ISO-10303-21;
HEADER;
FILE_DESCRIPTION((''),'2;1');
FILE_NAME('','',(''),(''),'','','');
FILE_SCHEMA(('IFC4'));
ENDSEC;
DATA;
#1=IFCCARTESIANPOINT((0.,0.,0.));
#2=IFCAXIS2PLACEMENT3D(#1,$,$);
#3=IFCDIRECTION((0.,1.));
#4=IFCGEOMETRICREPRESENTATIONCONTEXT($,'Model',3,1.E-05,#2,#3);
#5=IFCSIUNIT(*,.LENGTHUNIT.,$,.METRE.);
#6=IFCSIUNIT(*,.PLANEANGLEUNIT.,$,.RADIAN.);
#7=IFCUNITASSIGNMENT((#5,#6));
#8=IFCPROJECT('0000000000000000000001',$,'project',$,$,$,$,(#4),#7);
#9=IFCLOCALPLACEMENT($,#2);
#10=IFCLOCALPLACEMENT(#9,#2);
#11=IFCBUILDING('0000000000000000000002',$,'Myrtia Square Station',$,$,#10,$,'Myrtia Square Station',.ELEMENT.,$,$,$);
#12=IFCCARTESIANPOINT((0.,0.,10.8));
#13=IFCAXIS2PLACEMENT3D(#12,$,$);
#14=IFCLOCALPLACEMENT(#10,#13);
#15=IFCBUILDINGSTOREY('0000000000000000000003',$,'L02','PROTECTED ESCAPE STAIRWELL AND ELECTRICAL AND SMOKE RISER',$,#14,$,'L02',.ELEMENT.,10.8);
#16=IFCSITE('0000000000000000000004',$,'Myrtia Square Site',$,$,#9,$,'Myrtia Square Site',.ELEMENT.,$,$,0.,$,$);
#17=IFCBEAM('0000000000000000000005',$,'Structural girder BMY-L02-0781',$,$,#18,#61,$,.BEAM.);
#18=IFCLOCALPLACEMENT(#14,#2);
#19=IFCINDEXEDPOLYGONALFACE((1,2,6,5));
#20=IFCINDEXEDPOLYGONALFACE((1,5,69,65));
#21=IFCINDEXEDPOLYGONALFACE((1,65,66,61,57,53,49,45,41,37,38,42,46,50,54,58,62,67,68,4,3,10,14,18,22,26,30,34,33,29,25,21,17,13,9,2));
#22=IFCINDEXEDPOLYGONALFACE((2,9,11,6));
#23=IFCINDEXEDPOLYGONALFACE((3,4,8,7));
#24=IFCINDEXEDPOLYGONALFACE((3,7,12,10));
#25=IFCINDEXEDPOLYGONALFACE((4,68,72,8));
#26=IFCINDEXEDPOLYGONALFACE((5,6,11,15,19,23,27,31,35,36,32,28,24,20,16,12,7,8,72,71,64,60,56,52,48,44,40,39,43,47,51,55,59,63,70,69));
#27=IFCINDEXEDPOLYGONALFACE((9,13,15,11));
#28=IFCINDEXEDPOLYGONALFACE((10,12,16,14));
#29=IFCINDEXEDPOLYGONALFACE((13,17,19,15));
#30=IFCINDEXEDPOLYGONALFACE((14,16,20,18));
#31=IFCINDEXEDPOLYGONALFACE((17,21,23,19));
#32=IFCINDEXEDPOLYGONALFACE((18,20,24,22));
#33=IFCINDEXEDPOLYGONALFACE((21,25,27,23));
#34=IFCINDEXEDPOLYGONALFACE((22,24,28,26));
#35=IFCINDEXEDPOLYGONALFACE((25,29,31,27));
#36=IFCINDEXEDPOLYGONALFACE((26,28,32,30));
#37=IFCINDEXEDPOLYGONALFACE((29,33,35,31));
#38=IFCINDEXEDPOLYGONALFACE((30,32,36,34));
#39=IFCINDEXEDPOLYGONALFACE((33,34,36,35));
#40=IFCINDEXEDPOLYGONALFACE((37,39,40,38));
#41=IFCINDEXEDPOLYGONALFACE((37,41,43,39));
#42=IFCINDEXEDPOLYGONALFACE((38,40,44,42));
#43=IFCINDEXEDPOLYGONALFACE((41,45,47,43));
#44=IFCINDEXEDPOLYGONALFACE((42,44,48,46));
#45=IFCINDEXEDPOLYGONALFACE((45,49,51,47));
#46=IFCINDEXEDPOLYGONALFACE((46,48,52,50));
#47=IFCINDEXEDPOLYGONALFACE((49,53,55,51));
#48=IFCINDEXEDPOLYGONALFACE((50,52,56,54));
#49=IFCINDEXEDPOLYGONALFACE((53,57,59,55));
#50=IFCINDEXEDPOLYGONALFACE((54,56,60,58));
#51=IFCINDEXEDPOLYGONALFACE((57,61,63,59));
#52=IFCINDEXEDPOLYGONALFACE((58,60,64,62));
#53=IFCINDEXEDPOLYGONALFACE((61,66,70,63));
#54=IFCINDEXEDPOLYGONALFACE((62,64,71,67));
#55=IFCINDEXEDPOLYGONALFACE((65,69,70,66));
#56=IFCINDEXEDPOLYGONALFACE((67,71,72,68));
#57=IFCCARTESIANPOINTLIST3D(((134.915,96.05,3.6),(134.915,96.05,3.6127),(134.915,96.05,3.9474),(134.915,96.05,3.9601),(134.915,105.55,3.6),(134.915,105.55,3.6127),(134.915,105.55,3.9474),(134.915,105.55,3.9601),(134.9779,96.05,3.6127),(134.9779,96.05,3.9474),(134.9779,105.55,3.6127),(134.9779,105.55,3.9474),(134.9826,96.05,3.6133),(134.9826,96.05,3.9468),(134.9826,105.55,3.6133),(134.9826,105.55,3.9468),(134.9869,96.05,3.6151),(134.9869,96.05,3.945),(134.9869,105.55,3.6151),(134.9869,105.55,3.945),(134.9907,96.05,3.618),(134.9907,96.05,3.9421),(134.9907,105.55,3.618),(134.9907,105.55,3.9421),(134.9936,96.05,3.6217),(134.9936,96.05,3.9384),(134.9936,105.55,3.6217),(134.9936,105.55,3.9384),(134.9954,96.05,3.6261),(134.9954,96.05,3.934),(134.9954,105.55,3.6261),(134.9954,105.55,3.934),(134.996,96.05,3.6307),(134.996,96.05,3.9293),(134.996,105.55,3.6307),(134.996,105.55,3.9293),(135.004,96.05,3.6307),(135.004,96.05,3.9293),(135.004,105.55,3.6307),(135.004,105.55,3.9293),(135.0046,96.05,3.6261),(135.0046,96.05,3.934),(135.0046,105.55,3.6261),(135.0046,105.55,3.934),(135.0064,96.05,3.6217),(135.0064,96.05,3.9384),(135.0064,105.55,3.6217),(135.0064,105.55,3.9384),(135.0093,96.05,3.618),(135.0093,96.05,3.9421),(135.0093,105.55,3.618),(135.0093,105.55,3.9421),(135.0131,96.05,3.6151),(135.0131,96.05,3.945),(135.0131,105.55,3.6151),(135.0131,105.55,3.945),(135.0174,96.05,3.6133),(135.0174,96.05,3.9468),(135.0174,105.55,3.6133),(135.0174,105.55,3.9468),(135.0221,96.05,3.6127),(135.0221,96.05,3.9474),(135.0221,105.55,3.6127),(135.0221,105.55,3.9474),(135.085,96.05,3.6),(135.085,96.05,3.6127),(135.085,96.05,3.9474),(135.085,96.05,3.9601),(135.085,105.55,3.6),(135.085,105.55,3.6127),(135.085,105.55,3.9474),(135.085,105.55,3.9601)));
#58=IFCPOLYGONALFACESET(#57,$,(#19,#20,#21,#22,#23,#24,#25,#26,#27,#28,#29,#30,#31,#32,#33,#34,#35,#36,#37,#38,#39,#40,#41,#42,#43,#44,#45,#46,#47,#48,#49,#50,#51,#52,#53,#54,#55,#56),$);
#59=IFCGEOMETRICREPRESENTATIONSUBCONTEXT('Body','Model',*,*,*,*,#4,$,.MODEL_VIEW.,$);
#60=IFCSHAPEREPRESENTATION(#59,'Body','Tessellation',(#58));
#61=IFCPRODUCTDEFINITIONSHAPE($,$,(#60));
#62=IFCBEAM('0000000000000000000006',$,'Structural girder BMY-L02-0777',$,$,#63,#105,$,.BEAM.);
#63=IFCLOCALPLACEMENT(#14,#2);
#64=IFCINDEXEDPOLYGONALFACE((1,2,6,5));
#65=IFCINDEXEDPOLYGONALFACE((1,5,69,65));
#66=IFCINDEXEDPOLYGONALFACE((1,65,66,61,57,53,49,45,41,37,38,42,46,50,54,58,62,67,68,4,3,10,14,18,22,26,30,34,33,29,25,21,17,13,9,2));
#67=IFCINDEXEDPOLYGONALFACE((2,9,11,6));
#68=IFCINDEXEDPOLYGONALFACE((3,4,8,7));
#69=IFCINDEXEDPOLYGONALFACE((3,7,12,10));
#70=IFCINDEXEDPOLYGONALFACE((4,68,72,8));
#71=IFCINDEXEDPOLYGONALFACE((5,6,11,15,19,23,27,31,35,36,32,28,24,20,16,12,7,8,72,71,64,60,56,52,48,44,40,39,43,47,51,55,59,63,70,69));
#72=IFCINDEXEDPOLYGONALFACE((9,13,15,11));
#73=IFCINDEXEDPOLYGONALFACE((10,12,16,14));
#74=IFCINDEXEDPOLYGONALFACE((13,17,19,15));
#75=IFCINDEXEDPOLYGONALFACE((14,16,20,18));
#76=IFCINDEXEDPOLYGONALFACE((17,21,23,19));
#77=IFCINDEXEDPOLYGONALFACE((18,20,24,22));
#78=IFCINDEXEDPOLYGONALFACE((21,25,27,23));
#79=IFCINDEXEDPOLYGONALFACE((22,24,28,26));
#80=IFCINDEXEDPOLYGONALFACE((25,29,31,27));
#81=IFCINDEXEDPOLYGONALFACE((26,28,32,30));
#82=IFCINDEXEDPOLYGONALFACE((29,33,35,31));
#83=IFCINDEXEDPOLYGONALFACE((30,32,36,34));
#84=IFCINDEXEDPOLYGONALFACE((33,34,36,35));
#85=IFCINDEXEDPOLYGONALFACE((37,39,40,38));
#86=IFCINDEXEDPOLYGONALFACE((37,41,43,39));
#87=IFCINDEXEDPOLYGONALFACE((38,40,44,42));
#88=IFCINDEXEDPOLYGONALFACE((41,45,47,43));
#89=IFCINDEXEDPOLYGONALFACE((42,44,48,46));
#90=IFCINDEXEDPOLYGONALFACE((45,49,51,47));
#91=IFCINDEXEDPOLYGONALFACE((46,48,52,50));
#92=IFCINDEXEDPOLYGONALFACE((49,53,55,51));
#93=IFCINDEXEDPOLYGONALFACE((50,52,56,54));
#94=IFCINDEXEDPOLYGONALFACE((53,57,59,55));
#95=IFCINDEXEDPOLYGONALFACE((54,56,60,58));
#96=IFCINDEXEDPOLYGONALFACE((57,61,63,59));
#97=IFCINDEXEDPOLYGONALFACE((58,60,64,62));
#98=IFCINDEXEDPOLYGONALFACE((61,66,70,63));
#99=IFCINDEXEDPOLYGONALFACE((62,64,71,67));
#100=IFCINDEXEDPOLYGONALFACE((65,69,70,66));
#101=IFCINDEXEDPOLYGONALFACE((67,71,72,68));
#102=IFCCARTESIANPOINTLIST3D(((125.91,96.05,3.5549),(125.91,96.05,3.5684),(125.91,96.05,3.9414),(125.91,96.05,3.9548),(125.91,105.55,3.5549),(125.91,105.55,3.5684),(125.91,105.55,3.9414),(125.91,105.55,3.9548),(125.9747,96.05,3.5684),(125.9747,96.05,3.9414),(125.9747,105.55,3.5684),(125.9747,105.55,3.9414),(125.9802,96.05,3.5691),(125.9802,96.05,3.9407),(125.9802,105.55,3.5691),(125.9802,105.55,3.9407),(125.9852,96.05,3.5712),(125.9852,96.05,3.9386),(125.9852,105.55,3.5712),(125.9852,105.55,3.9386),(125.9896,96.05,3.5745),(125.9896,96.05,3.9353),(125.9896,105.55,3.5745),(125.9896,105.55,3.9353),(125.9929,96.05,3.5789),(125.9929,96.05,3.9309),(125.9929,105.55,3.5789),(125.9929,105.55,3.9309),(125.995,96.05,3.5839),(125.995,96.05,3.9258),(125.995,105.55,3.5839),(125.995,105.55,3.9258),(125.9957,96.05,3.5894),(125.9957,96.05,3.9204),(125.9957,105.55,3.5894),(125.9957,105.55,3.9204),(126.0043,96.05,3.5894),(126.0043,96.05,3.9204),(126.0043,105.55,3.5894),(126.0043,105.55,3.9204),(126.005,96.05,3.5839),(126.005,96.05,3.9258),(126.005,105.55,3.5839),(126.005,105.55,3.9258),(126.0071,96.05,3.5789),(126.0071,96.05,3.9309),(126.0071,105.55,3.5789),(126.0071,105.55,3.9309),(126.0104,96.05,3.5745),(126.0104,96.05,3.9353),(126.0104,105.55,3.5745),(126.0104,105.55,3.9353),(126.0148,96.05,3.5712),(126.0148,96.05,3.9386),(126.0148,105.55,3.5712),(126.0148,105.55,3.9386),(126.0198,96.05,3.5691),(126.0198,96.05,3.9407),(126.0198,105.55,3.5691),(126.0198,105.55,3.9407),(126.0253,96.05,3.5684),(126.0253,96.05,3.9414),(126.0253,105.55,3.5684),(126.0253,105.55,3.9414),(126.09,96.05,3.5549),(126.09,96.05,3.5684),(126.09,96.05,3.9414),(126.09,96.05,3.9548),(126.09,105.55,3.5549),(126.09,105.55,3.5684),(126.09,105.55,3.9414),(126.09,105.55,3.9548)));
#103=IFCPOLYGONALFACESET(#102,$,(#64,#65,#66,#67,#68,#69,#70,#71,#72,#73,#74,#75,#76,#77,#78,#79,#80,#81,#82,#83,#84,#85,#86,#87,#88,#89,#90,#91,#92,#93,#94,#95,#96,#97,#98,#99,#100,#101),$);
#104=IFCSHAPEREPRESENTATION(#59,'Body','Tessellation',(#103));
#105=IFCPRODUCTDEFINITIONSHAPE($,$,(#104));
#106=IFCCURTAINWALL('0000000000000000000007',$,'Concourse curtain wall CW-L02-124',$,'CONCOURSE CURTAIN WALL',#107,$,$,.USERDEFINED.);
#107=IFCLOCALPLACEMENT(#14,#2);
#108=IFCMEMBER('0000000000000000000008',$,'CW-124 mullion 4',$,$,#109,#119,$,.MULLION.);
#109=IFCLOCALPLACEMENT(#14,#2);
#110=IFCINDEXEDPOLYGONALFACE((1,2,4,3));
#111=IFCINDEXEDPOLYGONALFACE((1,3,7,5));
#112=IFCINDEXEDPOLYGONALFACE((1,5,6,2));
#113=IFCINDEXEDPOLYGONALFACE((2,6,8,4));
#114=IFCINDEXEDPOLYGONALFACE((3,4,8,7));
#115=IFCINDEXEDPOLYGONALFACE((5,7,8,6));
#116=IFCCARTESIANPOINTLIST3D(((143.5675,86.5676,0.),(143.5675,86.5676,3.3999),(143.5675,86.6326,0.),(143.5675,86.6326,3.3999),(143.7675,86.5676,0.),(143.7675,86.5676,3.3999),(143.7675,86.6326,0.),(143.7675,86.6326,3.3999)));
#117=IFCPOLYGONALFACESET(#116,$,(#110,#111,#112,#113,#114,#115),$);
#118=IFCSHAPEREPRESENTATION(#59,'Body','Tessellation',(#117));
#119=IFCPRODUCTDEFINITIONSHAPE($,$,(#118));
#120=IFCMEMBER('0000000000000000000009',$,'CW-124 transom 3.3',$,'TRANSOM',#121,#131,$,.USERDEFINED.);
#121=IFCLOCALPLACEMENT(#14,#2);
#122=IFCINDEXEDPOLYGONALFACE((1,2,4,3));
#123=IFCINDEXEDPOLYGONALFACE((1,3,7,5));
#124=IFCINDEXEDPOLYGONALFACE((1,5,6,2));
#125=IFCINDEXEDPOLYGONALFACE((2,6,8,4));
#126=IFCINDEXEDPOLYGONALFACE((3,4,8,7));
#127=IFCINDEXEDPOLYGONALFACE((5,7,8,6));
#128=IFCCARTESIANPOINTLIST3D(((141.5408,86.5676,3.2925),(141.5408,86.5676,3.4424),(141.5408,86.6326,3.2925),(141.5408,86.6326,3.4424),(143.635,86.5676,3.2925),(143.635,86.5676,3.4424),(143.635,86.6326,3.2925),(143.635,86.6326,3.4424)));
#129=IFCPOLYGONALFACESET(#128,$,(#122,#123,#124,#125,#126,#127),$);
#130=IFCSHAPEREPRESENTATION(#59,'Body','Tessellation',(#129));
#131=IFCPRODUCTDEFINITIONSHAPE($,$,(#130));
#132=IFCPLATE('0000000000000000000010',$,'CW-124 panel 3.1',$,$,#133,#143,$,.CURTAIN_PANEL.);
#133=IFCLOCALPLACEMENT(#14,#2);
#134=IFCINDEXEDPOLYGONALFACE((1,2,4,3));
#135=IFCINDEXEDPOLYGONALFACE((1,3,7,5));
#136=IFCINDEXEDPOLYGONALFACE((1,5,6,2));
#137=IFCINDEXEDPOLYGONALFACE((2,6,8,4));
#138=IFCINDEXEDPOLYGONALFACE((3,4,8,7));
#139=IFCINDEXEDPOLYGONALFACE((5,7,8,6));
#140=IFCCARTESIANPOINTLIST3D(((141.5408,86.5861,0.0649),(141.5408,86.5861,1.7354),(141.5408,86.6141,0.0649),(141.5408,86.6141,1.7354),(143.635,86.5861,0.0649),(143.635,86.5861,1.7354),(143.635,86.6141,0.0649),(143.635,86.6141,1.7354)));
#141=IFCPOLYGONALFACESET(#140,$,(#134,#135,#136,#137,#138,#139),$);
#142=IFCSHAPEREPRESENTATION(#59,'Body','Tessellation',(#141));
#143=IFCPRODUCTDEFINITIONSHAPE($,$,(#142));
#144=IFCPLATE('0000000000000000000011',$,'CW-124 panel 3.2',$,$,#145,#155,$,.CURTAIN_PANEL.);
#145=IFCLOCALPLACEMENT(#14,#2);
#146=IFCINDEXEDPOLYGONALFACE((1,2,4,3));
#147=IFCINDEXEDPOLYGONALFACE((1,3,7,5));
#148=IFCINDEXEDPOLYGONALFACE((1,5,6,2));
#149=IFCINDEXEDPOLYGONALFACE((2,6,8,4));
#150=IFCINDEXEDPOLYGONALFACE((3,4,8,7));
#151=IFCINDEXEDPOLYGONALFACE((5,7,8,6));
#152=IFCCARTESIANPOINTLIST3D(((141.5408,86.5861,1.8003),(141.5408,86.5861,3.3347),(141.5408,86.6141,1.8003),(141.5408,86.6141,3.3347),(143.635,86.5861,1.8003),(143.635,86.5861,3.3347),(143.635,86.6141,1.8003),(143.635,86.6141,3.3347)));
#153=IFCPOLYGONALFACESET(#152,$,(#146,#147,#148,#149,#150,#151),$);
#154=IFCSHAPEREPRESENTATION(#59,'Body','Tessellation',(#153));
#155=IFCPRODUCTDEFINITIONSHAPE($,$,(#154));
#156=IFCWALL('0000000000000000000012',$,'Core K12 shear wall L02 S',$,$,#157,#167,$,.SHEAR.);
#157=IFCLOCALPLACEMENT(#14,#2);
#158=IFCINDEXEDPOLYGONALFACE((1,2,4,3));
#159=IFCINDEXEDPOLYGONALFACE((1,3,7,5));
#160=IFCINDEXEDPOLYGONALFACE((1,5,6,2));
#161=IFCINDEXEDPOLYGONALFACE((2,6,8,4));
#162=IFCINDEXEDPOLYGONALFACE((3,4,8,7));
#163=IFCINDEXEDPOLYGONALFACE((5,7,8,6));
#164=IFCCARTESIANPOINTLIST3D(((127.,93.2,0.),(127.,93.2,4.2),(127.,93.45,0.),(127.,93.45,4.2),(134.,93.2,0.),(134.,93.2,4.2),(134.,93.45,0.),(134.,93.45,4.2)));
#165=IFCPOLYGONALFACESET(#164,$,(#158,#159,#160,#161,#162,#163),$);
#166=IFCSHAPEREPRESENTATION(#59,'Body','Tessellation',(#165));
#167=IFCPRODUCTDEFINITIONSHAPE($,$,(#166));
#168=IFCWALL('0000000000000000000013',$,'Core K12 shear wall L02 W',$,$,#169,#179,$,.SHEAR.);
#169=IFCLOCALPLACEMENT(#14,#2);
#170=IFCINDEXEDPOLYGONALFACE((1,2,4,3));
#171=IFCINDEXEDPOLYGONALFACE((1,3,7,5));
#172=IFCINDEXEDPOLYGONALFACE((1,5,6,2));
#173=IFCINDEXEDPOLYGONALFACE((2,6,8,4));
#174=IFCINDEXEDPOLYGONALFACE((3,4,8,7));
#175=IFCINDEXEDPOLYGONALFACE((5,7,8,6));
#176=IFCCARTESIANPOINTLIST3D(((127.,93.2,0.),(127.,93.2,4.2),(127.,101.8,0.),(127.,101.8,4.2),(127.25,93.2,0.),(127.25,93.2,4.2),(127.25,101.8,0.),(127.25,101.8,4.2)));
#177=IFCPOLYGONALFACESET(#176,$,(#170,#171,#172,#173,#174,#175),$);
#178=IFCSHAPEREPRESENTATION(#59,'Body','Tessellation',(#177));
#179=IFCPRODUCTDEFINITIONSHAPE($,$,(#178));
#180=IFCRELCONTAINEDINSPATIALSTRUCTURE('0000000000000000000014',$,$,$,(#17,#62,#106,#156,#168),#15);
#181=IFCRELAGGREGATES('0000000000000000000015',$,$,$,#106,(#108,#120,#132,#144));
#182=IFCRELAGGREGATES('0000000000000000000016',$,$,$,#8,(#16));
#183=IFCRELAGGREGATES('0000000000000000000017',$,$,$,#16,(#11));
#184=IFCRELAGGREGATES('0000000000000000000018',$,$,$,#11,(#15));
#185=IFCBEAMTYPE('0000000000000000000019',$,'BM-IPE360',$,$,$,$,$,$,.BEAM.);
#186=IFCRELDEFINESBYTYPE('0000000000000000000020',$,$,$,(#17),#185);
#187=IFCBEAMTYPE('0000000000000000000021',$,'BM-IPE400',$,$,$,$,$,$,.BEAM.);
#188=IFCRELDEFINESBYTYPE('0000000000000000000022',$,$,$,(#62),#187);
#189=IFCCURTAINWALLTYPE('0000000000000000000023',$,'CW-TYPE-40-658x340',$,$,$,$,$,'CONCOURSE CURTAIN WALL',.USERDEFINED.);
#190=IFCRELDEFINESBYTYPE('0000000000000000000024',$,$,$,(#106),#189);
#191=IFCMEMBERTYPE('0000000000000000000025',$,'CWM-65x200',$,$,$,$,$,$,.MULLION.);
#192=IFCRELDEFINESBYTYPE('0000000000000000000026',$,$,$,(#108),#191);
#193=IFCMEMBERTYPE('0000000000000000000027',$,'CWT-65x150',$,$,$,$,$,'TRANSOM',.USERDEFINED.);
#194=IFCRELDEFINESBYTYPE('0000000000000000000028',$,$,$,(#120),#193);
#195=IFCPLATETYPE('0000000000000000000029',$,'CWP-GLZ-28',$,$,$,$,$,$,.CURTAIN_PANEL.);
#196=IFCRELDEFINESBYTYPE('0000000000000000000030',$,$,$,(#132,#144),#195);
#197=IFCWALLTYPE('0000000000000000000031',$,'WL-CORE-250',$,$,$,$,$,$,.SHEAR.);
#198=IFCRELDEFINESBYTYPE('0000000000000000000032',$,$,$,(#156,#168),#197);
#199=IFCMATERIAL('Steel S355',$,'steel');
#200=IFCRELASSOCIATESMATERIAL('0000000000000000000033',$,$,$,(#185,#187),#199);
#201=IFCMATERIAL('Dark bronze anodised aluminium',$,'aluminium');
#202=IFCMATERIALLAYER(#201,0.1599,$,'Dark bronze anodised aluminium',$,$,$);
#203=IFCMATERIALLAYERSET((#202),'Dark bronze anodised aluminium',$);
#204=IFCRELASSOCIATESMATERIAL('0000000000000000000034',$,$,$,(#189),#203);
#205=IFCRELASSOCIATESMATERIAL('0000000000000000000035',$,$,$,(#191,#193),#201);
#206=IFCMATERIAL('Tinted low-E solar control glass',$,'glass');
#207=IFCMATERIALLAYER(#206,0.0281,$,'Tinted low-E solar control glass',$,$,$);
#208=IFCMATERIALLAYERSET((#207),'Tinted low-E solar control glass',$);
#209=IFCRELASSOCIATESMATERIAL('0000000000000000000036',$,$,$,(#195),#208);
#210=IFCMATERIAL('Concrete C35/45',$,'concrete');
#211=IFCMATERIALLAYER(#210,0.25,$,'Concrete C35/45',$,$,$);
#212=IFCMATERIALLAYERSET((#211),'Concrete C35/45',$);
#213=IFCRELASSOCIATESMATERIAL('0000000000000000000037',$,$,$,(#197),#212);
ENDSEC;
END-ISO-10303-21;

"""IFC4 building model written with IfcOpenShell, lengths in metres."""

from ifc_helpers import new_model, si_unit, direction, frame, frame_2d, origin, origin_2d, place, context, subcontext, project, spatial, rectangle, i_section, extrude, material, layer, layer_set, material_profile, profile_set, type_object, element, aggregate, save


model = new_model("IFC4")

# Units and contexts
model_context = context("Model", 3, precision=1e-05, world=origin(), true_north=direction((0.0, 1.0)))
body_context = subcontext(model_context, "Body", "Model", "MODEL_VIEW")
ifc_project = project(units=[si_unit("LENGTHUNIT", "METRE"), si_unit("PLANEANGLEUNIT", "RADIAN")], contexts=[model_context])

# Site, building, storey
site_placement = place(None, origin())
site = spatial("IfcSite", under=ifc_project, at=site_placement, Name="Myrtia Square Site", LongName="Myrtia Square Site", CompositionType="ELEMENT", RefElevation=0.0)
building_placement = place(site_placement, origin())
building = spatial("IfcBuilding", under=site, at=building_placement, Name="Myrtia Square Station", LongName="Myrtia Square Station", CompositionType="ELEMENT")
storey_placement = place(building_placement, frame((0.0, 0.0, 10.8)))
storey = spatial("IfcBuildingStorey", under=building, at=storey_placement, Name="L02", Description="PROTECTED ESCAPE STAIRWELL AND ELECTRICAL AND SMOKE RISER", LongName="L02", CompositionType="ELEMENT", Elevation=10.8)

# Shared definitions
ifc_material_1 = material(Name="Steel S355", Category="steel")

# Beams
ifc_material_profile_1 = material_profile(ifc_material_1, i_section(OverallWidth=0.1699, OverallDepth=0.3601, WebThickness=0.0081, FlangeThickness=0.0127, FilletRadius=0.0181, at=origin_2d()), Name="IPE 360")
ifc_profile_set_1 = profile_set([ifc_material_profile_1], Name="Steel S355")
beam_type_1 = type_object("IfcBeamType", Name="BM-IPE360", PredefinedType="BEAM", material=ifc_profile_set_1)
beam_1_placement = place(storey_placement, frame((135.0, 96.05, 3.78), z_axis=(0.0, 1.0, 0.0), x_axis=(-1.0, 0.0, 0.0)))
element("IfcBeam", 1, at=beam_1_placement, inside=storey, type_object=beam_type_1, Name="Structural girder BMY-L02-0781", PredefinedType="BEAM", context=body_context, shape_type="SweptSolid", body=[
    extrude(i_section(OverallWidth=0.1699, OverallDepth=0.3601, WebThickness=0.0081, FlangeThickness=0.0127, FilletRadius=0.0181, at=origin_2d()), origin(), (0.0, 0.0, 1.0), 9.5),
])
ifc_material_profile_2 = material_profile(ifc_material_1, i_section(OverallWidth=0.1799, OverallDepth=0.3999, WebThickness=0.0085, FlangeThickness=0.0134, FilletRadius=0.021, at=origin_2d()), Name="IPE 400")
ifc_profile_set_2 = profile_set([ifc_material_profile_2], Name="Steel S355")
beam_type_2 = type_object("IfcBeamType", Name="BM-IPE400", PredefinedType="BEAM", material=ifc_profile_set_2)
beam_2_placement = place(storey_placement, frame((126.0, 96.05, 3.7549), z_axis=(0.0, 1.0, 0.0), x_axis=(-1.0, 0.0, 0.0)))
element("IfcBeam", 2, at=beam_2_placement, inside=storey, type_object=beam_type_2, Name="Structural girder BMY-L02-0777", PredefinedType="BEAM", context=body_context, shape_type="SweptSolid", body=[
    extrude(i_section(OverallWidth=0.1799, OverallDepth=0.3999, WebThickness=0.0085, FlangeThickness=0.0134, FilletRadius=0.021, at=origin_2d()), origin(), (0.0, 0.0, 1.0), 9.5),
])

# Curtain wall, members, plates
ifc_material_2 = material(Name="Dark bronze anodised aluminium", Category="aluminium")
ifc_layer_1 = layer(ifc_material_2, 0.1599, Name="Dark bronze anodised aluminium")
ifc_layer_set_1 = layer_set([ifc_layer_1], Name="Dark bronze anodised aluminium")
curtain_wall_type = type_object("IfcCurtainWallType", Name="CW-TYPE-40-658x340", ElementType="CONCOURSE CURTAIN WALL", PredefinedType="USERDEFINED", material=ifc_layer_set_1)
curtain_wall_placement = place(storey_placement, origin())
curtain_wall = element("IfcCurtainWall", 3, at=curtain_wall_placement, inside=storey, type_object=curtain_wall_type, Name="Concourse curtain wall CW-L02-124", ObjectType="CONCOURSE CURTAIN WALL", PredefinedType="USERDEFINED")
ifc_material_profile_3 = material_profile(ifc_material_2, rectangle(XDim=0.0649, YDim=0.2, at=origin_2d()), Name="ALU-M 65x200")
ifc_profile_set_3 = profile_set([ifc_material_profile_3], Name="Dark bronze anodised aluminium")
member_type_1 = type_object("IfcMemberType", Name="CWM-65x200", PredefinedType="MULLION", material=ifc_profile_set_3)
member_1_placement = place(storey_placement, frame((143.6675, 86.6001, 0.0), z_axis=(0.0, 0.0, 1.0), x_axis=(0.0, 1.0, 0.0)))
member_1 = element("IfcMember", 4, at=member_1_placement, type_object=member_type_1, Name="CW-124 mullion 4", PredefinedType="MULLION", context=body_context, shape_type="SweptSolid", body=[
    extrude(rectangle(XDim=0.0649, YDim=0.2, at=origin_2d()), origin(), (0.0, 0.0, 1.0), 3.3999),
])
ifc_material_profile_4 = material_profile(ifc_material_2, rectangle(XDim=0.0649, YDim=0.1499, at=origin_2d()), Name="ALU-T 65x150")
ifc_profile_set_4 = profile_set([ifc_material_profile_4], Name="Dark bronze anodised aluminium")
member_type_2 = type_object("IfcMemberType", Name="CWT-65x150", ElementType="TRANSOM", PredefinedType="USERDEFINED", material=ifc_profile_set_4)
member_2_placement = place(storey_placement, frame((141.5408, 86.6001, 3.3674), z_axis=(1.0, 0.0, 0.0), x_axis=(0.0, 1.0, 0.0)))
member_2 = element("IfcMember", 5, at=member_2_placement, type_object=member_type_2, Name="CW-124 transom 3.3", ObjectType="TRANSOM", PredefinedType="USERDEFINED", context=body_context, shape_type="SweptSolid", body=[
    extrude(rectangle(XDim=0.0649, YDim=0.1499, at=origin_2d()), origin(), (0.0, 0.0, 1.0), 2.0942),
])
ifc_material_3 = material(Name="Tinted low-E solar control glass", Category="glass")
ifc_layer_2 = layer(ifc_material_3, 0.0281, Name="Tinted low-E solar control glass")
ifc_layer_set_2 = layer_set([ifc_layer_2], Name="Tinted low-E solar control glass")
plate_type = type_object("IfcPlateType", Name="CWP-GLZ-28", PredefinedType="CURTAIN_PANEL", material=ifc_layer_set_2)
plate_1_placement = place(storey_placement, frame((142.5879, 86.6001, 0.0649), z_axis=(0.0, 0.0, 1.0), x_axis=(1.0, 0.0, 0.0)))
plate_1 = element("IfcPlate", 6, at=plate_1_placement, type_object=plate_type, Name="CW-124 panel 3.1", PredefinedType="CURTAIN_PANEL", context=body_context, shape_type="SweptSolid", body=[
    extrude(rectangle(XDim=2.0942, YDim=0.0281, at=origin_2d()), origin(), (0.0, 0.0, 1.0), 1.6704),
])
plate_2_placement = place(storey_placement, frame((142.5879, 86.6001, 1.8003), z_axis=(0.0, 0.0, 1.0), x_axis=(1.0, 0.0, 0.0)))
plate_2 = element("IfcPlate", 7, at=plate_2_placement, type_object=plate_type, Name="CW-124 panel 3.2", PredefinedType="CURTAIN_PANEL", context=body_context, shape_type="SweptSolid", body=[
    extrude(rectangle(XDim=2.0942, YDim=0.0281, at=origin_2d()), origin(), (0.0, 0.0, 1.0), 1.5344),
])
aggregate(curtain_wall, [member_1, member_2, plate_1, plate_2])

# Walls
ifc_material_4 = material(Name="Concrete C35/45", Category="concrete")
ifc_layer_3 = layer(ifc_material_4, 0.25, Name="Concrete C35/45")
ifc_layer_set_3 = layer_set([ifc_layer_3], Name="Concrete C35/45")
wall_type_1 = type_object("IfcWallType", Name="WL-CORE-250", PredefinedType="SHEAR", material=ifc_layer_set_3)
wall_1_placement = place(storey_placement, frame((127.0, 93.325, 0.0), z_axis=(0.0, 0.0, 1.0), x_axis=(1.0, 0.0, 0.0)))
element("IfcWall", 8, at=wall_1_placement, inside=storey, type_object=wall_type_1, Name="Core K12 shear wall L02 S", PredefinedType="SHEAR", context=body_context, shape_type="SweptSolid", body=[
    extrude(rectangle(XDim=7.0, YDim=0.25, at=frame_2d((3.5, 0.0))), origin(), (0.0, 0.0, 1.0), 4.2),
])
wall_2_placement = place(storey_placement, frame((127.125, 93.2, 0.0), z_axis=(0.0, 0.0, 1.0), x_axis=(0.0, 1.0, 0.0)))
element("IfcWall", 9, at=wall_2_placement, inside=storey, type_object=wall_type_1, Name="Core K12 shear wall L02 W", PredefinedType="SHEAR", context=body_context, shape_type="SweptSolid", body=[
    extrude(rectangle(XDim=8.6001, YDim=0.25, at=frame_2d((4.3, 0.0))), origin(), (0.0, 0.0, 1.0), 4.2),
])

save(model, "model.ifc")
